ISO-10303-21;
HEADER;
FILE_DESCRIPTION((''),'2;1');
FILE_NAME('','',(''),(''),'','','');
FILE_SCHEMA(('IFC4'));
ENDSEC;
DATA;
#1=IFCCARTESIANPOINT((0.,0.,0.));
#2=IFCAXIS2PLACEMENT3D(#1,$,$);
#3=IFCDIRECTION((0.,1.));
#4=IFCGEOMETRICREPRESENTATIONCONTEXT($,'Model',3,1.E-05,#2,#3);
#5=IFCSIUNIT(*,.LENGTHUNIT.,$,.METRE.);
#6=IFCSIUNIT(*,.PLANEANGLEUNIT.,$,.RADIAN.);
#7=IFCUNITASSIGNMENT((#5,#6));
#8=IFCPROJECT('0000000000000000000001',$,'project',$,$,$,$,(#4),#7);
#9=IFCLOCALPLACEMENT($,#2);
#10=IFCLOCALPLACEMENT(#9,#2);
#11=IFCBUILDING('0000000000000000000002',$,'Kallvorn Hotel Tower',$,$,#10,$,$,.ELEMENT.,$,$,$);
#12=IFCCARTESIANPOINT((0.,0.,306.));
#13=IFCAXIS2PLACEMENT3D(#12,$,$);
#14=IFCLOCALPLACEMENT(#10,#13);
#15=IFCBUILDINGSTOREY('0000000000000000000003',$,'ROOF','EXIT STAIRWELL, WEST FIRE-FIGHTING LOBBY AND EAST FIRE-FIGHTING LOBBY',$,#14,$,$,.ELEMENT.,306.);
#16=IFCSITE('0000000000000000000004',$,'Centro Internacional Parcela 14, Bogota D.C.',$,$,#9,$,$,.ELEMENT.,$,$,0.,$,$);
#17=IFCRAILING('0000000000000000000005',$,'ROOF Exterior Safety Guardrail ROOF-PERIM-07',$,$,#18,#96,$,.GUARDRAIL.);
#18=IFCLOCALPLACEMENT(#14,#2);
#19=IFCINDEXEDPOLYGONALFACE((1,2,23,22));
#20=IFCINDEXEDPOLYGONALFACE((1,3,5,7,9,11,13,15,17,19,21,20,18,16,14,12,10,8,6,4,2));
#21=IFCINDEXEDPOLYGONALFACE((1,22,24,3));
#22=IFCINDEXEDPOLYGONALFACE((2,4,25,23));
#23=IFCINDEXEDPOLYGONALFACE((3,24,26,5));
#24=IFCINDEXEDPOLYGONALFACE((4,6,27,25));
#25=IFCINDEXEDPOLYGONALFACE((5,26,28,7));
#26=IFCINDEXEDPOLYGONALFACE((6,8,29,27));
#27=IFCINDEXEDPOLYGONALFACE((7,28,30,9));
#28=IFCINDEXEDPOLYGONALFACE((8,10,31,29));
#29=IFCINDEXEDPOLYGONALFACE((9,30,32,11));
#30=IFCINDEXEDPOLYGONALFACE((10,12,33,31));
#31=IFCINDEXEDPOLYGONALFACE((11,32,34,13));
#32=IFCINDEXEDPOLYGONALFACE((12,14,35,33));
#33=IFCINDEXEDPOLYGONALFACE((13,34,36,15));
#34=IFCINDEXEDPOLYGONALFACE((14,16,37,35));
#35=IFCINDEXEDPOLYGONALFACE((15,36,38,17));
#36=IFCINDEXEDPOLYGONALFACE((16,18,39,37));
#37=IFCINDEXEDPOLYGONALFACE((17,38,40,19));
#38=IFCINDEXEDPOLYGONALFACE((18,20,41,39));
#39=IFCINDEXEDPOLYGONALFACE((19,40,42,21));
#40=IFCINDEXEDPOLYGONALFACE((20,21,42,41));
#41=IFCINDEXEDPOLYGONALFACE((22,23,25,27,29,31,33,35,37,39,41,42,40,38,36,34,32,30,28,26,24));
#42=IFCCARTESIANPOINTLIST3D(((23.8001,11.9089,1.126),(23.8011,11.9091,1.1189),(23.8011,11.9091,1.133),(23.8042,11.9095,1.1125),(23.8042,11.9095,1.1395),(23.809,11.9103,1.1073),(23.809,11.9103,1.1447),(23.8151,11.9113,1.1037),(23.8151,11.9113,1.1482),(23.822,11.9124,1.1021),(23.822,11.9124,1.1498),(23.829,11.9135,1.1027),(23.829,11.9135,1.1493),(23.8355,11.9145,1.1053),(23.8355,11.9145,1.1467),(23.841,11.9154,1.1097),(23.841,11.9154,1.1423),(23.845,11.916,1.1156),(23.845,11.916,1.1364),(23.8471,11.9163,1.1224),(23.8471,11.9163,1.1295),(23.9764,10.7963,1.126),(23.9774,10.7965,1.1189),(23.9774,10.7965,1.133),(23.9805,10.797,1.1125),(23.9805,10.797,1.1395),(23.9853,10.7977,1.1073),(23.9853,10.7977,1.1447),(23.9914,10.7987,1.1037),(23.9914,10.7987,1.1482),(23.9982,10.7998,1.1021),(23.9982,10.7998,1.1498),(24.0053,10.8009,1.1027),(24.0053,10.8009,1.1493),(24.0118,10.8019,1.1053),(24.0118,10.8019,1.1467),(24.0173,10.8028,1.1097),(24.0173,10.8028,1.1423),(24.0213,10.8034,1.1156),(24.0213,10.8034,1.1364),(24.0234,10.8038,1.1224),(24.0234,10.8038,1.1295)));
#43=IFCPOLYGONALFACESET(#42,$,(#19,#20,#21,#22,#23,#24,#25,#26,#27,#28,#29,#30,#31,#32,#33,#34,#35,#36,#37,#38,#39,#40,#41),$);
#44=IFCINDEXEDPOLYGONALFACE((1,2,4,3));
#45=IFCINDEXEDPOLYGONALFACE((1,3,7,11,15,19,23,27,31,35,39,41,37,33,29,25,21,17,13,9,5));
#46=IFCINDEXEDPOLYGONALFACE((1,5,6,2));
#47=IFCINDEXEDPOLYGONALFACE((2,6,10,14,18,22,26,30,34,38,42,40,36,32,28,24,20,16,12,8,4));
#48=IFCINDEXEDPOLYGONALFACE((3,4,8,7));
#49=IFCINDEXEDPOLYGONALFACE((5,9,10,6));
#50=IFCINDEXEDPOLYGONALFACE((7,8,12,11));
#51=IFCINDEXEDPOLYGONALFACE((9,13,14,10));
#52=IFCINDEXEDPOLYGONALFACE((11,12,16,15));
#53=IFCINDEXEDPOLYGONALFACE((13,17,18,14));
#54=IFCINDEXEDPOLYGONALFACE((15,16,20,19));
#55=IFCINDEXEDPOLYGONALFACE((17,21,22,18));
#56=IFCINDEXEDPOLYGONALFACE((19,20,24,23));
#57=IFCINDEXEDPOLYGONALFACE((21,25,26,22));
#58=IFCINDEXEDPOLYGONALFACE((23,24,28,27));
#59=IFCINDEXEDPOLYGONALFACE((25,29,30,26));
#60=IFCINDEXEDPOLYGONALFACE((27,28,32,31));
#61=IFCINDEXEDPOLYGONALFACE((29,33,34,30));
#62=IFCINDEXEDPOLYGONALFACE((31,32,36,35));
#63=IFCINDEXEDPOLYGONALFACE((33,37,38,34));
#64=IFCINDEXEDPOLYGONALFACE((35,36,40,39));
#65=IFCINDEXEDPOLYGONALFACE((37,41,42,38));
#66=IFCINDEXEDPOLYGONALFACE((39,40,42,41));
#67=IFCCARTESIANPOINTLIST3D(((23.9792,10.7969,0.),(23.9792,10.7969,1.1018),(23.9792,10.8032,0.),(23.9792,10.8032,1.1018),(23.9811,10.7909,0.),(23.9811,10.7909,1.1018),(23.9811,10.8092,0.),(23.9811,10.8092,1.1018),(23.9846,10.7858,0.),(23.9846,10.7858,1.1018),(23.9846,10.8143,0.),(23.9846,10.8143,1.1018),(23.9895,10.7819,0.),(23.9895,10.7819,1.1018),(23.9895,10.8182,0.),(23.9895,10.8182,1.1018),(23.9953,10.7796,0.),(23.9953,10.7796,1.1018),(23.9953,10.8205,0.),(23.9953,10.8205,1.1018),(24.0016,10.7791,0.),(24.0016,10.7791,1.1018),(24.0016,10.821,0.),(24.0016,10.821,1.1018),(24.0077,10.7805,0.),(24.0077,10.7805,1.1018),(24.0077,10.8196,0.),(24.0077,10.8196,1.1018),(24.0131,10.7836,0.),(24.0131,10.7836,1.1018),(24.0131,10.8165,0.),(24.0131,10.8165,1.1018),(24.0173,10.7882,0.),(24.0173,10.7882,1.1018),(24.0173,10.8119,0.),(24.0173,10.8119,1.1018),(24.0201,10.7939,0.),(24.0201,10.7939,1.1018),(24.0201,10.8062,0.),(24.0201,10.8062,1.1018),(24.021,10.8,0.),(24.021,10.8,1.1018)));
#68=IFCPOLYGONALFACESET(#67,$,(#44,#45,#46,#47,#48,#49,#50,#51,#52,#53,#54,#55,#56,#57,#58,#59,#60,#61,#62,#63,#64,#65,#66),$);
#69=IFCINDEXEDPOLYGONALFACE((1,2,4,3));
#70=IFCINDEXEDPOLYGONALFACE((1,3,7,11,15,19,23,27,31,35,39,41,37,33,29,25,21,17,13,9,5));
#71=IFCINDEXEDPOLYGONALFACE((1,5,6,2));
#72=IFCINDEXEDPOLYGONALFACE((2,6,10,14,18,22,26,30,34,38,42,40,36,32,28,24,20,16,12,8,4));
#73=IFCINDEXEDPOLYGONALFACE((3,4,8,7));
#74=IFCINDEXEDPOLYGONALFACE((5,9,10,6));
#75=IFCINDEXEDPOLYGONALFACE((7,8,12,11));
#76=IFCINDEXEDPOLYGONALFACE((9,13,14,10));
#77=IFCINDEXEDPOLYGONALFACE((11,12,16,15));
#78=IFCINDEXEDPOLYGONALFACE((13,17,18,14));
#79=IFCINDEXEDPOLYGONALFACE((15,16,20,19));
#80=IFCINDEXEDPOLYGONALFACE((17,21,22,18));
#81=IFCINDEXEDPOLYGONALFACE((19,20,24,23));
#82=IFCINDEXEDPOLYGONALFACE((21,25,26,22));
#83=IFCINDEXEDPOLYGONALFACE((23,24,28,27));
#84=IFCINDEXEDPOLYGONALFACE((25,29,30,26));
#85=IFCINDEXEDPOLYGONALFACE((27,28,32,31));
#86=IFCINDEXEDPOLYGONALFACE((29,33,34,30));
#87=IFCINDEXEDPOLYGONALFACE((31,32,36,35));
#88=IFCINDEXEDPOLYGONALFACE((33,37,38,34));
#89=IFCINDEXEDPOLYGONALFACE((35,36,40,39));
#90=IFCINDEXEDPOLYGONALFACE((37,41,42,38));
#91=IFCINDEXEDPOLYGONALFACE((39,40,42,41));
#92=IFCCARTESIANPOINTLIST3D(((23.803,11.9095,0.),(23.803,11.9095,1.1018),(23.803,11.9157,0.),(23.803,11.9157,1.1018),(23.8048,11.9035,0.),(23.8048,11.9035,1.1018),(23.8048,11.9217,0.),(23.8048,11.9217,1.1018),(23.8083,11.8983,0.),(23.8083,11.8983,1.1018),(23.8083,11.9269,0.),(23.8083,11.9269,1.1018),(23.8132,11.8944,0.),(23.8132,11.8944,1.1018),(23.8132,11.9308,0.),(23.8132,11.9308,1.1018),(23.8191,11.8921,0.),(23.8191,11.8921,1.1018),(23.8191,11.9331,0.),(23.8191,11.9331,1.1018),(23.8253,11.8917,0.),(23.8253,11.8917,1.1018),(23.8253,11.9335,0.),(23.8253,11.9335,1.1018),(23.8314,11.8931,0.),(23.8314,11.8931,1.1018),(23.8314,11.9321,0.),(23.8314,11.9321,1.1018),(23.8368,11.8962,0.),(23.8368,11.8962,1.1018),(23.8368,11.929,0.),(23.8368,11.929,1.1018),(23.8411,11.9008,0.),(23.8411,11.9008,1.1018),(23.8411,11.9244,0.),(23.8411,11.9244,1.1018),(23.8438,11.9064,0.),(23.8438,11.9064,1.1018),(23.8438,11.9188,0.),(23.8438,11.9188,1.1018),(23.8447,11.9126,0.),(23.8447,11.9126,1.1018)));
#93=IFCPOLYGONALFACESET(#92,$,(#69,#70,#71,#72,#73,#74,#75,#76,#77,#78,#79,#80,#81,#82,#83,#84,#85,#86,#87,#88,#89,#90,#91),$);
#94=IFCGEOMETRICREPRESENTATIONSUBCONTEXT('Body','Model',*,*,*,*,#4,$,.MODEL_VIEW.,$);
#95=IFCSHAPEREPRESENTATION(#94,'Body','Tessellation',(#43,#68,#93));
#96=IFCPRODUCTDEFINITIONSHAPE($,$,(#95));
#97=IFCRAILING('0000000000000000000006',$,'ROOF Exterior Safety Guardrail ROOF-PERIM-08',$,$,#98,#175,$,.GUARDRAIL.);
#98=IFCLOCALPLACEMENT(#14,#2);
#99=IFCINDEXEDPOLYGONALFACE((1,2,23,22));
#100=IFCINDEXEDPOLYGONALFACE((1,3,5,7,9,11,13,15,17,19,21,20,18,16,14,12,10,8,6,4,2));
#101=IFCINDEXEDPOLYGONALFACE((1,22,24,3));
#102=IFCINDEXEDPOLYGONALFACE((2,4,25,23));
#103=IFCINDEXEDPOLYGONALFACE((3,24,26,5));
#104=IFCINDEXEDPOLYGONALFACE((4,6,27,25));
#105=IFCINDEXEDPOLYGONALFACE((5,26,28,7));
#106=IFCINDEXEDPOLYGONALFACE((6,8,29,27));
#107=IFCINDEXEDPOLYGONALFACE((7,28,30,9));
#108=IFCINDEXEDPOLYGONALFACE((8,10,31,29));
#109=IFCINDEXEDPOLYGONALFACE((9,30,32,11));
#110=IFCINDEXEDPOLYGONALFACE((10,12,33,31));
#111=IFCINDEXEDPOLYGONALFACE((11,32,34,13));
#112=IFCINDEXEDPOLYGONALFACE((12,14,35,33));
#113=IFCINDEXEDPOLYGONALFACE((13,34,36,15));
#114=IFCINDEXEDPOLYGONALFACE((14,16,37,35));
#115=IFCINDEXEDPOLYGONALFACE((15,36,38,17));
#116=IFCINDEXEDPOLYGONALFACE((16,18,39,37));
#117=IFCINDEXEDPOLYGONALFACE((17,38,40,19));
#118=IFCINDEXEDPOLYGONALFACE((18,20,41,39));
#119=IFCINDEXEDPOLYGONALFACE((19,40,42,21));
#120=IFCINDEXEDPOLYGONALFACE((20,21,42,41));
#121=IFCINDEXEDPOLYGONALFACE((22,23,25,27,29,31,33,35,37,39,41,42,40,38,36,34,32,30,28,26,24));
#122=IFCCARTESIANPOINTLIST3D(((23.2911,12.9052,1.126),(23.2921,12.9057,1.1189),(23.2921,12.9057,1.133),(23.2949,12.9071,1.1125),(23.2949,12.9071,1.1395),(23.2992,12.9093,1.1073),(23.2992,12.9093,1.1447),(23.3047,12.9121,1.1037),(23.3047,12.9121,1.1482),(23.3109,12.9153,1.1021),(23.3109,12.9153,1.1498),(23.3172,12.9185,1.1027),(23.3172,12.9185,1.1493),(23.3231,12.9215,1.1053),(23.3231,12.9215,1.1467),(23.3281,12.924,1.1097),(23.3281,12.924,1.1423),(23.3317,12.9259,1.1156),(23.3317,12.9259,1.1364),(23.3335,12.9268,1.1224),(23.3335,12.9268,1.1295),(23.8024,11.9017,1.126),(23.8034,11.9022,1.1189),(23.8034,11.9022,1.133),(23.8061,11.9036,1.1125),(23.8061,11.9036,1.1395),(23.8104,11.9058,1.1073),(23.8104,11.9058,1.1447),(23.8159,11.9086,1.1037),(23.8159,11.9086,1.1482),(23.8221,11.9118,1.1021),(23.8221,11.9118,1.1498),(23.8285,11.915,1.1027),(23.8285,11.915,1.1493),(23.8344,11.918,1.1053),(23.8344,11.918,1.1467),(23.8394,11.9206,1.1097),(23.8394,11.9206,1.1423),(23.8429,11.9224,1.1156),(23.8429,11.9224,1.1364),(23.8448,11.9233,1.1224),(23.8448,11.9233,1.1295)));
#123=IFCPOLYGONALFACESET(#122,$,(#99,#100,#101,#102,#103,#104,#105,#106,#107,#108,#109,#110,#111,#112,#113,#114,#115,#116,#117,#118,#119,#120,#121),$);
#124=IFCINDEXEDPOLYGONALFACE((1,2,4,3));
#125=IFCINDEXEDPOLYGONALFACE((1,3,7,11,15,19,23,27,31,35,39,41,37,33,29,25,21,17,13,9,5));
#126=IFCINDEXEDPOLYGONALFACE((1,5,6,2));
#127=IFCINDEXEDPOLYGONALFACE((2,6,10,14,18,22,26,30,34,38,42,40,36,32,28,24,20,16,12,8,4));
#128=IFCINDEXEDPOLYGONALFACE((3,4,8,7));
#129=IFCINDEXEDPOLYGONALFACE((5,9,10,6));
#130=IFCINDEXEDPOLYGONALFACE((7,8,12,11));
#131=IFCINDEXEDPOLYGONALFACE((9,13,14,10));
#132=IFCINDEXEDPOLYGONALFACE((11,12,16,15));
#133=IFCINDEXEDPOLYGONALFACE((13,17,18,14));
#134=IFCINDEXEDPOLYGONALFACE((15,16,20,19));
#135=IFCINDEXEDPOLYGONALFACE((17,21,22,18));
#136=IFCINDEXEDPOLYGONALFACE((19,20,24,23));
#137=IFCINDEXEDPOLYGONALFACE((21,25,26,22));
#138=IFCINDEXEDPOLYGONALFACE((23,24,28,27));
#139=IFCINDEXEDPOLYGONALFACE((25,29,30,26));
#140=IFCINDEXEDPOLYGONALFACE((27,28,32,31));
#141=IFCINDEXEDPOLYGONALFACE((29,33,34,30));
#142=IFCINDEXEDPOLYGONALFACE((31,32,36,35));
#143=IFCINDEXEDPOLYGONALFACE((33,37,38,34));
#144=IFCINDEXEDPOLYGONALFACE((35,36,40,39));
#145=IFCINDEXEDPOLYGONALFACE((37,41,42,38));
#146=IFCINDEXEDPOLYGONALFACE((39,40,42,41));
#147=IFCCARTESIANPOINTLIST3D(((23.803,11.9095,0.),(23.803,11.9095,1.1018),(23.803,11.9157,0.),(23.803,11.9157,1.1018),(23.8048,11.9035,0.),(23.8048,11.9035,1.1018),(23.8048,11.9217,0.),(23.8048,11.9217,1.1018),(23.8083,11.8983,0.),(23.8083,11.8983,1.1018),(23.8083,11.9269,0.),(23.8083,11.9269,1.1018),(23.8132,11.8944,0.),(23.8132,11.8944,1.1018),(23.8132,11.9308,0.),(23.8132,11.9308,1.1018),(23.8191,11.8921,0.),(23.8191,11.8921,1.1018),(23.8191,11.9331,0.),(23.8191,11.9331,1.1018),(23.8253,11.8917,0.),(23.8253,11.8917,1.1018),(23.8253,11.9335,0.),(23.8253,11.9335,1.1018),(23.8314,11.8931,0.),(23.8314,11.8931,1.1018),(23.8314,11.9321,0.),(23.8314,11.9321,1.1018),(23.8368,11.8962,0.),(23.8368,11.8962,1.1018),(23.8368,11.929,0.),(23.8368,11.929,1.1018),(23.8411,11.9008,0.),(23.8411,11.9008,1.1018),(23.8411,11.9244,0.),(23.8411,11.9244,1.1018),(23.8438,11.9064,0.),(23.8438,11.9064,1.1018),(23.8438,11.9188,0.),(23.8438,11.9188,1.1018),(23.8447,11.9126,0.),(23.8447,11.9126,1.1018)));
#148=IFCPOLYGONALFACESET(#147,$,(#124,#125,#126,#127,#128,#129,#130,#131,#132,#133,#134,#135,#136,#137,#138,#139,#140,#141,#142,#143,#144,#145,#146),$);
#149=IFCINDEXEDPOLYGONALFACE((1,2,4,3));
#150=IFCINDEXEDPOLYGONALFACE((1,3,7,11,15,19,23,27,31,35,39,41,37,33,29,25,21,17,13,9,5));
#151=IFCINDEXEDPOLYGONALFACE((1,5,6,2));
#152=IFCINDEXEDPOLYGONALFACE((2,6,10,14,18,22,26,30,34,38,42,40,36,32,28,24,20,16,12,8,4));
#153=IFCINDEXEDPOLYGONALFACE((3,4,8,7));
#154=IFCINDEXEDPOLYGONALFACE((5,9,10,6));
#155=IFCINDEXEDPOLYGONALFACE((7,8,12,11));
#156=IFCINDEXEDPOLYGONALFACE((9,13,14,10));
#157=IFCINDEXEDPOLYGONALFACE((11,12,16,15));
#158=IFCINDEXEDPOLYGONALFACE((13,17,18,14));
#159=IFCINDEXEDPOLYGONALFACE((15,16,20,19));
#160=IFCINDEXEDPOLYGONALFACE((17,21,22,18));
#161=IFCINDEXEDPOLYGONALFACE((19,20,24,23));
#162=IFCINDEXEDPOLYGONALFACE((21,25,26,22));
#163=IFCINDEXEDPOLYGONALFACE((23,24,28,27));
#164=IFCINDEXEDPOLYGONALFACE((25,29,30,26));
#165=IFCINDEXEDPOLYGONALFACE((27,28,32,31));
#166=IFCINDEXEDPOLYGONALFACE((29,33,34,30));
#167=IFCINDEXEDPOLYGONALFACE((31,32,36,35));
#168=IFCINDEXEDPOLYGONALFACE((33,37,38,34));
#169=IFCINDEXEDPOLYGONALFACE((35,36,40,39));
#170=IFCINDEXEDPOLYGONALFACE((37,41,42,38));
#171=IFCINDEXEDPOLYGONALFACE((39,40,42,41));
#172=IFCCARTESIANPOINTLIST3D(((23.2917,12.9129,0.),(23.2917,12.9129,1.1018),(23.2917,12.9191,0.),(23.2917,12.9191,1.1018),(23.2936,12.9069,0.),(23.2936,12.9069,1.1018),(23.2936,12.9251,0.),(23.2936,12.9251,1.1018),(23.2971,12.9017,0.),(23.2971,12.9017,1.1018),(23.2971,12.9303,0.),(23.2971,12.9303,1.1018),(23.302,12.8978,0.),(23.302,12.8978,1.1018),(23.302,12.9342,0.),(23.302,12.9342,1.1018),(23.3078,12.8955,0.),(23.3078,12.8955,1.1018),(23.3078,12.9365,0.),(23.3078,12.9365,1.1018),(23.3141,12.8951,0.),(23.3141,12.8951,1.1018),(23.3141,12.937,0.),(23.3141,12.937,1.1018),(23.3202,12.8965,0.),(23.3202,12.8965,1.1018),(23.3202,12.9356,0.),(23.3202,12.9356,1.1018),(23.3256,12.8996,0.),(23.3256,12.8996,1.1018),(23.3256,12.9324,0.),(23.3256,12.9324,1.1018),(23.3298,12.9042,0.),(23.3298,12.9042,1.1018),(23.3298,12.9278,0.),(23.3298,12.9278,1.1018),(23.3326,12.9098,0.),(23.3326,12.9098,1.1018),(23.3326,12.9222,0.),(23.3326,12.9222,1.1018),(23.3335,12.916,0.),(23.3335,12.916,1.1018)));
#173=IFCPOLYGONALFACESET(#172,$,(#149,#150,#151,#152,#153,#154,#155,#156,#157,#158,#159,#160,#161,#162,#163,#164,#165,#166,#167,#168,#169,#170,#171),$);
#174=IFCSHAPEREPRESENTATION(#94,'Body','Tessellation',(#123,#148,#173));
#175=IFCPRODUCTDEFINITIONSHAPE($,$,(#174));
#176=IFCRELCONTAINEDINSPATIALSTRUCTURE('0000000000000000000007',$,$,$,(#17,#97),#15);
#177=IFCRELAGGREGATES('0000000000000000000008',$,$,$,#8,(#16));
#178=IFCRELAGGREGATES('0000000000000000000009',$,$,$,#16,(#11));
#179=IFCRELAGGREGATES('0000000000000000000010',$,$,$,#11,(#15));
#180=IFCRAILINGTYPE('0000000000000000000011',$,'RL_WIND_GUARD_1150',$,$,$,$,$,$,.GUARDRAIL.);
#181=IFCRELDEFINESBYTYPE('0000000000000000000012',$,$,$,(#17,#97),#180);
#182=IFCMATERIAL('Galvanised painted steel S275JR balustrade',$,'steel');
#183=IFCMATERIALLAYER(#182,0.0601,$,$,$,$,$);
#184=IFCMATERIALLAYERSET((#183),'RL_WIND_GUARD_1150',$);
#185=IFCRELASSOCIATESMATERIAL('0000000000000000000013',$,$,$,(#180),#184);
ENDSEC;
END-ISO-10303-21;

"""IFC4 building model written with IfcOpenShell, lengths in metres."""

from ifc_helpers import new_model, si_unit, direction, frame, origin, origin_2d, place, context, subcontext, project, spatial, circle, extrude, material, layer, layer_set, type_object, element, save


model = new_model("IFC4")

# Units and contexts
model_context = context("Model", 3, precision=1e-05, world=origin(), true_north=direction((0.0, 1.0)))
body_context = subcontext(model_context, "Body", "Model", "MODEL_VIEW")
ifc_project = project(units=[si_unit("LENGTHUNIT", "METRE"), si_unit("PLANEANGLEUNIT", "RADIAN")], contexts=[model_context])

# Site, building, storey
site_placement = place(None, origin())
site = spatial("IfcSite", under=ifc_project, at=site_placement, Name="Centro Internacional Parcela 14, Bogota D.C.", CompositionType="ELEMENT", RefElevation=0.0)
building_placement = place(site_placement, origin())
building = spatial("IfcBuilding", under=site, at=building_placement, Name="Kallvorn Hotel Tower", CompositionType="ELEMENT")
storey_placement = place(building_placement, frame((0.0, 0.0, 306.0)))
storey = spatial("IfcBuildingStorey", under=building, at=storey_placement, Name="ROOF", Description="EXIT STAIRWELL, WEST FIRE-FIGHTING LOBBY AND EAST FIRE-FIGHTING LOBBY", CompositionType="ELEMENT", Elevation=306.0)

# Railings
ifc_material_1 = material(Name="Galvanised painted steel S275JR balustrade", Category="steel")
ifc_layer_1 = layer(ifc_material_1, 0.0601)
ifc_layer_set_1 = layer_set([ifc_layer_1], Name="RL_WIND_GUARD_1150")
railing_type = type_object("IfcRailingType", Name="RL_WIND_GUARD_1150", PredefinedType="GUARDRAIL", material=ifc_layer_set_1)
railing_1_placement = place(storey_placement, frame((24.0, 10.8, 0.0)))
element("IfcRailing", 1, at=railing_1_placement, inside=storey, type_object=railing_type, Name="ROOF Exterior Safety Guardrail ROOF-PERIM-07", PredefinedType="GUARDRAIL", context=body_context, shape_type="SweptSolid", body=[
    extrude(circle(Radius=0.0239, at=origin_2d()), frame((0.0, 0.0, 1.126), z_axis=(-0.156486, 0.98768, 0.0), x_axis=(-0.98768, -0.156486, 0.0)), (0.0, 0.0, 1.0), 1.1265),
    extrude(circle(Radius=0.021, at=origin_2d()), origin(), (0.0, 0.0, 1.0), 1.1018),
    extrude(circle(Radius=0.021, at=origin_2d()), frame((-0.1763, 1.1125, 0.0)), (0.0, 0.0, 1.0), 1.1018),
])
railing_2_placement = place(storey_placement, frame((23.8237, 11.9126, 0.0)))
element("IfcRailing", 2, at=railing_2_placement, inside=storey, type_object=railing_type, Name="ROOF Exterior Safety Guardrail ROOF-PERIM-08", PredefinedType="GUARDRAIL", context=body_context, shape_type="SweptSolid", body=[
    extrude(circle(Radius=0.0239, at=origin_2d()), frame((0.0, 0.0, 1.126), z_axis=(-0.453965, 0.89102, 0.0), x_axis=(-0.89102, -0.453965, 0.0)), (0.0, 0.0, 1.0), 1.1262),
    extrude(circle(Radius=0.021, at=origin_2d()), origin(), (0.0, 0.0, 1.0), 1.1018),
    extrude(circle(Radius=0.021, at=origin_2d()), frame((-0.5112, 1.0034, 0.0)), (0.0, 0.0, 1.0), 1.1018),
])

save(model, "model.ifc")
